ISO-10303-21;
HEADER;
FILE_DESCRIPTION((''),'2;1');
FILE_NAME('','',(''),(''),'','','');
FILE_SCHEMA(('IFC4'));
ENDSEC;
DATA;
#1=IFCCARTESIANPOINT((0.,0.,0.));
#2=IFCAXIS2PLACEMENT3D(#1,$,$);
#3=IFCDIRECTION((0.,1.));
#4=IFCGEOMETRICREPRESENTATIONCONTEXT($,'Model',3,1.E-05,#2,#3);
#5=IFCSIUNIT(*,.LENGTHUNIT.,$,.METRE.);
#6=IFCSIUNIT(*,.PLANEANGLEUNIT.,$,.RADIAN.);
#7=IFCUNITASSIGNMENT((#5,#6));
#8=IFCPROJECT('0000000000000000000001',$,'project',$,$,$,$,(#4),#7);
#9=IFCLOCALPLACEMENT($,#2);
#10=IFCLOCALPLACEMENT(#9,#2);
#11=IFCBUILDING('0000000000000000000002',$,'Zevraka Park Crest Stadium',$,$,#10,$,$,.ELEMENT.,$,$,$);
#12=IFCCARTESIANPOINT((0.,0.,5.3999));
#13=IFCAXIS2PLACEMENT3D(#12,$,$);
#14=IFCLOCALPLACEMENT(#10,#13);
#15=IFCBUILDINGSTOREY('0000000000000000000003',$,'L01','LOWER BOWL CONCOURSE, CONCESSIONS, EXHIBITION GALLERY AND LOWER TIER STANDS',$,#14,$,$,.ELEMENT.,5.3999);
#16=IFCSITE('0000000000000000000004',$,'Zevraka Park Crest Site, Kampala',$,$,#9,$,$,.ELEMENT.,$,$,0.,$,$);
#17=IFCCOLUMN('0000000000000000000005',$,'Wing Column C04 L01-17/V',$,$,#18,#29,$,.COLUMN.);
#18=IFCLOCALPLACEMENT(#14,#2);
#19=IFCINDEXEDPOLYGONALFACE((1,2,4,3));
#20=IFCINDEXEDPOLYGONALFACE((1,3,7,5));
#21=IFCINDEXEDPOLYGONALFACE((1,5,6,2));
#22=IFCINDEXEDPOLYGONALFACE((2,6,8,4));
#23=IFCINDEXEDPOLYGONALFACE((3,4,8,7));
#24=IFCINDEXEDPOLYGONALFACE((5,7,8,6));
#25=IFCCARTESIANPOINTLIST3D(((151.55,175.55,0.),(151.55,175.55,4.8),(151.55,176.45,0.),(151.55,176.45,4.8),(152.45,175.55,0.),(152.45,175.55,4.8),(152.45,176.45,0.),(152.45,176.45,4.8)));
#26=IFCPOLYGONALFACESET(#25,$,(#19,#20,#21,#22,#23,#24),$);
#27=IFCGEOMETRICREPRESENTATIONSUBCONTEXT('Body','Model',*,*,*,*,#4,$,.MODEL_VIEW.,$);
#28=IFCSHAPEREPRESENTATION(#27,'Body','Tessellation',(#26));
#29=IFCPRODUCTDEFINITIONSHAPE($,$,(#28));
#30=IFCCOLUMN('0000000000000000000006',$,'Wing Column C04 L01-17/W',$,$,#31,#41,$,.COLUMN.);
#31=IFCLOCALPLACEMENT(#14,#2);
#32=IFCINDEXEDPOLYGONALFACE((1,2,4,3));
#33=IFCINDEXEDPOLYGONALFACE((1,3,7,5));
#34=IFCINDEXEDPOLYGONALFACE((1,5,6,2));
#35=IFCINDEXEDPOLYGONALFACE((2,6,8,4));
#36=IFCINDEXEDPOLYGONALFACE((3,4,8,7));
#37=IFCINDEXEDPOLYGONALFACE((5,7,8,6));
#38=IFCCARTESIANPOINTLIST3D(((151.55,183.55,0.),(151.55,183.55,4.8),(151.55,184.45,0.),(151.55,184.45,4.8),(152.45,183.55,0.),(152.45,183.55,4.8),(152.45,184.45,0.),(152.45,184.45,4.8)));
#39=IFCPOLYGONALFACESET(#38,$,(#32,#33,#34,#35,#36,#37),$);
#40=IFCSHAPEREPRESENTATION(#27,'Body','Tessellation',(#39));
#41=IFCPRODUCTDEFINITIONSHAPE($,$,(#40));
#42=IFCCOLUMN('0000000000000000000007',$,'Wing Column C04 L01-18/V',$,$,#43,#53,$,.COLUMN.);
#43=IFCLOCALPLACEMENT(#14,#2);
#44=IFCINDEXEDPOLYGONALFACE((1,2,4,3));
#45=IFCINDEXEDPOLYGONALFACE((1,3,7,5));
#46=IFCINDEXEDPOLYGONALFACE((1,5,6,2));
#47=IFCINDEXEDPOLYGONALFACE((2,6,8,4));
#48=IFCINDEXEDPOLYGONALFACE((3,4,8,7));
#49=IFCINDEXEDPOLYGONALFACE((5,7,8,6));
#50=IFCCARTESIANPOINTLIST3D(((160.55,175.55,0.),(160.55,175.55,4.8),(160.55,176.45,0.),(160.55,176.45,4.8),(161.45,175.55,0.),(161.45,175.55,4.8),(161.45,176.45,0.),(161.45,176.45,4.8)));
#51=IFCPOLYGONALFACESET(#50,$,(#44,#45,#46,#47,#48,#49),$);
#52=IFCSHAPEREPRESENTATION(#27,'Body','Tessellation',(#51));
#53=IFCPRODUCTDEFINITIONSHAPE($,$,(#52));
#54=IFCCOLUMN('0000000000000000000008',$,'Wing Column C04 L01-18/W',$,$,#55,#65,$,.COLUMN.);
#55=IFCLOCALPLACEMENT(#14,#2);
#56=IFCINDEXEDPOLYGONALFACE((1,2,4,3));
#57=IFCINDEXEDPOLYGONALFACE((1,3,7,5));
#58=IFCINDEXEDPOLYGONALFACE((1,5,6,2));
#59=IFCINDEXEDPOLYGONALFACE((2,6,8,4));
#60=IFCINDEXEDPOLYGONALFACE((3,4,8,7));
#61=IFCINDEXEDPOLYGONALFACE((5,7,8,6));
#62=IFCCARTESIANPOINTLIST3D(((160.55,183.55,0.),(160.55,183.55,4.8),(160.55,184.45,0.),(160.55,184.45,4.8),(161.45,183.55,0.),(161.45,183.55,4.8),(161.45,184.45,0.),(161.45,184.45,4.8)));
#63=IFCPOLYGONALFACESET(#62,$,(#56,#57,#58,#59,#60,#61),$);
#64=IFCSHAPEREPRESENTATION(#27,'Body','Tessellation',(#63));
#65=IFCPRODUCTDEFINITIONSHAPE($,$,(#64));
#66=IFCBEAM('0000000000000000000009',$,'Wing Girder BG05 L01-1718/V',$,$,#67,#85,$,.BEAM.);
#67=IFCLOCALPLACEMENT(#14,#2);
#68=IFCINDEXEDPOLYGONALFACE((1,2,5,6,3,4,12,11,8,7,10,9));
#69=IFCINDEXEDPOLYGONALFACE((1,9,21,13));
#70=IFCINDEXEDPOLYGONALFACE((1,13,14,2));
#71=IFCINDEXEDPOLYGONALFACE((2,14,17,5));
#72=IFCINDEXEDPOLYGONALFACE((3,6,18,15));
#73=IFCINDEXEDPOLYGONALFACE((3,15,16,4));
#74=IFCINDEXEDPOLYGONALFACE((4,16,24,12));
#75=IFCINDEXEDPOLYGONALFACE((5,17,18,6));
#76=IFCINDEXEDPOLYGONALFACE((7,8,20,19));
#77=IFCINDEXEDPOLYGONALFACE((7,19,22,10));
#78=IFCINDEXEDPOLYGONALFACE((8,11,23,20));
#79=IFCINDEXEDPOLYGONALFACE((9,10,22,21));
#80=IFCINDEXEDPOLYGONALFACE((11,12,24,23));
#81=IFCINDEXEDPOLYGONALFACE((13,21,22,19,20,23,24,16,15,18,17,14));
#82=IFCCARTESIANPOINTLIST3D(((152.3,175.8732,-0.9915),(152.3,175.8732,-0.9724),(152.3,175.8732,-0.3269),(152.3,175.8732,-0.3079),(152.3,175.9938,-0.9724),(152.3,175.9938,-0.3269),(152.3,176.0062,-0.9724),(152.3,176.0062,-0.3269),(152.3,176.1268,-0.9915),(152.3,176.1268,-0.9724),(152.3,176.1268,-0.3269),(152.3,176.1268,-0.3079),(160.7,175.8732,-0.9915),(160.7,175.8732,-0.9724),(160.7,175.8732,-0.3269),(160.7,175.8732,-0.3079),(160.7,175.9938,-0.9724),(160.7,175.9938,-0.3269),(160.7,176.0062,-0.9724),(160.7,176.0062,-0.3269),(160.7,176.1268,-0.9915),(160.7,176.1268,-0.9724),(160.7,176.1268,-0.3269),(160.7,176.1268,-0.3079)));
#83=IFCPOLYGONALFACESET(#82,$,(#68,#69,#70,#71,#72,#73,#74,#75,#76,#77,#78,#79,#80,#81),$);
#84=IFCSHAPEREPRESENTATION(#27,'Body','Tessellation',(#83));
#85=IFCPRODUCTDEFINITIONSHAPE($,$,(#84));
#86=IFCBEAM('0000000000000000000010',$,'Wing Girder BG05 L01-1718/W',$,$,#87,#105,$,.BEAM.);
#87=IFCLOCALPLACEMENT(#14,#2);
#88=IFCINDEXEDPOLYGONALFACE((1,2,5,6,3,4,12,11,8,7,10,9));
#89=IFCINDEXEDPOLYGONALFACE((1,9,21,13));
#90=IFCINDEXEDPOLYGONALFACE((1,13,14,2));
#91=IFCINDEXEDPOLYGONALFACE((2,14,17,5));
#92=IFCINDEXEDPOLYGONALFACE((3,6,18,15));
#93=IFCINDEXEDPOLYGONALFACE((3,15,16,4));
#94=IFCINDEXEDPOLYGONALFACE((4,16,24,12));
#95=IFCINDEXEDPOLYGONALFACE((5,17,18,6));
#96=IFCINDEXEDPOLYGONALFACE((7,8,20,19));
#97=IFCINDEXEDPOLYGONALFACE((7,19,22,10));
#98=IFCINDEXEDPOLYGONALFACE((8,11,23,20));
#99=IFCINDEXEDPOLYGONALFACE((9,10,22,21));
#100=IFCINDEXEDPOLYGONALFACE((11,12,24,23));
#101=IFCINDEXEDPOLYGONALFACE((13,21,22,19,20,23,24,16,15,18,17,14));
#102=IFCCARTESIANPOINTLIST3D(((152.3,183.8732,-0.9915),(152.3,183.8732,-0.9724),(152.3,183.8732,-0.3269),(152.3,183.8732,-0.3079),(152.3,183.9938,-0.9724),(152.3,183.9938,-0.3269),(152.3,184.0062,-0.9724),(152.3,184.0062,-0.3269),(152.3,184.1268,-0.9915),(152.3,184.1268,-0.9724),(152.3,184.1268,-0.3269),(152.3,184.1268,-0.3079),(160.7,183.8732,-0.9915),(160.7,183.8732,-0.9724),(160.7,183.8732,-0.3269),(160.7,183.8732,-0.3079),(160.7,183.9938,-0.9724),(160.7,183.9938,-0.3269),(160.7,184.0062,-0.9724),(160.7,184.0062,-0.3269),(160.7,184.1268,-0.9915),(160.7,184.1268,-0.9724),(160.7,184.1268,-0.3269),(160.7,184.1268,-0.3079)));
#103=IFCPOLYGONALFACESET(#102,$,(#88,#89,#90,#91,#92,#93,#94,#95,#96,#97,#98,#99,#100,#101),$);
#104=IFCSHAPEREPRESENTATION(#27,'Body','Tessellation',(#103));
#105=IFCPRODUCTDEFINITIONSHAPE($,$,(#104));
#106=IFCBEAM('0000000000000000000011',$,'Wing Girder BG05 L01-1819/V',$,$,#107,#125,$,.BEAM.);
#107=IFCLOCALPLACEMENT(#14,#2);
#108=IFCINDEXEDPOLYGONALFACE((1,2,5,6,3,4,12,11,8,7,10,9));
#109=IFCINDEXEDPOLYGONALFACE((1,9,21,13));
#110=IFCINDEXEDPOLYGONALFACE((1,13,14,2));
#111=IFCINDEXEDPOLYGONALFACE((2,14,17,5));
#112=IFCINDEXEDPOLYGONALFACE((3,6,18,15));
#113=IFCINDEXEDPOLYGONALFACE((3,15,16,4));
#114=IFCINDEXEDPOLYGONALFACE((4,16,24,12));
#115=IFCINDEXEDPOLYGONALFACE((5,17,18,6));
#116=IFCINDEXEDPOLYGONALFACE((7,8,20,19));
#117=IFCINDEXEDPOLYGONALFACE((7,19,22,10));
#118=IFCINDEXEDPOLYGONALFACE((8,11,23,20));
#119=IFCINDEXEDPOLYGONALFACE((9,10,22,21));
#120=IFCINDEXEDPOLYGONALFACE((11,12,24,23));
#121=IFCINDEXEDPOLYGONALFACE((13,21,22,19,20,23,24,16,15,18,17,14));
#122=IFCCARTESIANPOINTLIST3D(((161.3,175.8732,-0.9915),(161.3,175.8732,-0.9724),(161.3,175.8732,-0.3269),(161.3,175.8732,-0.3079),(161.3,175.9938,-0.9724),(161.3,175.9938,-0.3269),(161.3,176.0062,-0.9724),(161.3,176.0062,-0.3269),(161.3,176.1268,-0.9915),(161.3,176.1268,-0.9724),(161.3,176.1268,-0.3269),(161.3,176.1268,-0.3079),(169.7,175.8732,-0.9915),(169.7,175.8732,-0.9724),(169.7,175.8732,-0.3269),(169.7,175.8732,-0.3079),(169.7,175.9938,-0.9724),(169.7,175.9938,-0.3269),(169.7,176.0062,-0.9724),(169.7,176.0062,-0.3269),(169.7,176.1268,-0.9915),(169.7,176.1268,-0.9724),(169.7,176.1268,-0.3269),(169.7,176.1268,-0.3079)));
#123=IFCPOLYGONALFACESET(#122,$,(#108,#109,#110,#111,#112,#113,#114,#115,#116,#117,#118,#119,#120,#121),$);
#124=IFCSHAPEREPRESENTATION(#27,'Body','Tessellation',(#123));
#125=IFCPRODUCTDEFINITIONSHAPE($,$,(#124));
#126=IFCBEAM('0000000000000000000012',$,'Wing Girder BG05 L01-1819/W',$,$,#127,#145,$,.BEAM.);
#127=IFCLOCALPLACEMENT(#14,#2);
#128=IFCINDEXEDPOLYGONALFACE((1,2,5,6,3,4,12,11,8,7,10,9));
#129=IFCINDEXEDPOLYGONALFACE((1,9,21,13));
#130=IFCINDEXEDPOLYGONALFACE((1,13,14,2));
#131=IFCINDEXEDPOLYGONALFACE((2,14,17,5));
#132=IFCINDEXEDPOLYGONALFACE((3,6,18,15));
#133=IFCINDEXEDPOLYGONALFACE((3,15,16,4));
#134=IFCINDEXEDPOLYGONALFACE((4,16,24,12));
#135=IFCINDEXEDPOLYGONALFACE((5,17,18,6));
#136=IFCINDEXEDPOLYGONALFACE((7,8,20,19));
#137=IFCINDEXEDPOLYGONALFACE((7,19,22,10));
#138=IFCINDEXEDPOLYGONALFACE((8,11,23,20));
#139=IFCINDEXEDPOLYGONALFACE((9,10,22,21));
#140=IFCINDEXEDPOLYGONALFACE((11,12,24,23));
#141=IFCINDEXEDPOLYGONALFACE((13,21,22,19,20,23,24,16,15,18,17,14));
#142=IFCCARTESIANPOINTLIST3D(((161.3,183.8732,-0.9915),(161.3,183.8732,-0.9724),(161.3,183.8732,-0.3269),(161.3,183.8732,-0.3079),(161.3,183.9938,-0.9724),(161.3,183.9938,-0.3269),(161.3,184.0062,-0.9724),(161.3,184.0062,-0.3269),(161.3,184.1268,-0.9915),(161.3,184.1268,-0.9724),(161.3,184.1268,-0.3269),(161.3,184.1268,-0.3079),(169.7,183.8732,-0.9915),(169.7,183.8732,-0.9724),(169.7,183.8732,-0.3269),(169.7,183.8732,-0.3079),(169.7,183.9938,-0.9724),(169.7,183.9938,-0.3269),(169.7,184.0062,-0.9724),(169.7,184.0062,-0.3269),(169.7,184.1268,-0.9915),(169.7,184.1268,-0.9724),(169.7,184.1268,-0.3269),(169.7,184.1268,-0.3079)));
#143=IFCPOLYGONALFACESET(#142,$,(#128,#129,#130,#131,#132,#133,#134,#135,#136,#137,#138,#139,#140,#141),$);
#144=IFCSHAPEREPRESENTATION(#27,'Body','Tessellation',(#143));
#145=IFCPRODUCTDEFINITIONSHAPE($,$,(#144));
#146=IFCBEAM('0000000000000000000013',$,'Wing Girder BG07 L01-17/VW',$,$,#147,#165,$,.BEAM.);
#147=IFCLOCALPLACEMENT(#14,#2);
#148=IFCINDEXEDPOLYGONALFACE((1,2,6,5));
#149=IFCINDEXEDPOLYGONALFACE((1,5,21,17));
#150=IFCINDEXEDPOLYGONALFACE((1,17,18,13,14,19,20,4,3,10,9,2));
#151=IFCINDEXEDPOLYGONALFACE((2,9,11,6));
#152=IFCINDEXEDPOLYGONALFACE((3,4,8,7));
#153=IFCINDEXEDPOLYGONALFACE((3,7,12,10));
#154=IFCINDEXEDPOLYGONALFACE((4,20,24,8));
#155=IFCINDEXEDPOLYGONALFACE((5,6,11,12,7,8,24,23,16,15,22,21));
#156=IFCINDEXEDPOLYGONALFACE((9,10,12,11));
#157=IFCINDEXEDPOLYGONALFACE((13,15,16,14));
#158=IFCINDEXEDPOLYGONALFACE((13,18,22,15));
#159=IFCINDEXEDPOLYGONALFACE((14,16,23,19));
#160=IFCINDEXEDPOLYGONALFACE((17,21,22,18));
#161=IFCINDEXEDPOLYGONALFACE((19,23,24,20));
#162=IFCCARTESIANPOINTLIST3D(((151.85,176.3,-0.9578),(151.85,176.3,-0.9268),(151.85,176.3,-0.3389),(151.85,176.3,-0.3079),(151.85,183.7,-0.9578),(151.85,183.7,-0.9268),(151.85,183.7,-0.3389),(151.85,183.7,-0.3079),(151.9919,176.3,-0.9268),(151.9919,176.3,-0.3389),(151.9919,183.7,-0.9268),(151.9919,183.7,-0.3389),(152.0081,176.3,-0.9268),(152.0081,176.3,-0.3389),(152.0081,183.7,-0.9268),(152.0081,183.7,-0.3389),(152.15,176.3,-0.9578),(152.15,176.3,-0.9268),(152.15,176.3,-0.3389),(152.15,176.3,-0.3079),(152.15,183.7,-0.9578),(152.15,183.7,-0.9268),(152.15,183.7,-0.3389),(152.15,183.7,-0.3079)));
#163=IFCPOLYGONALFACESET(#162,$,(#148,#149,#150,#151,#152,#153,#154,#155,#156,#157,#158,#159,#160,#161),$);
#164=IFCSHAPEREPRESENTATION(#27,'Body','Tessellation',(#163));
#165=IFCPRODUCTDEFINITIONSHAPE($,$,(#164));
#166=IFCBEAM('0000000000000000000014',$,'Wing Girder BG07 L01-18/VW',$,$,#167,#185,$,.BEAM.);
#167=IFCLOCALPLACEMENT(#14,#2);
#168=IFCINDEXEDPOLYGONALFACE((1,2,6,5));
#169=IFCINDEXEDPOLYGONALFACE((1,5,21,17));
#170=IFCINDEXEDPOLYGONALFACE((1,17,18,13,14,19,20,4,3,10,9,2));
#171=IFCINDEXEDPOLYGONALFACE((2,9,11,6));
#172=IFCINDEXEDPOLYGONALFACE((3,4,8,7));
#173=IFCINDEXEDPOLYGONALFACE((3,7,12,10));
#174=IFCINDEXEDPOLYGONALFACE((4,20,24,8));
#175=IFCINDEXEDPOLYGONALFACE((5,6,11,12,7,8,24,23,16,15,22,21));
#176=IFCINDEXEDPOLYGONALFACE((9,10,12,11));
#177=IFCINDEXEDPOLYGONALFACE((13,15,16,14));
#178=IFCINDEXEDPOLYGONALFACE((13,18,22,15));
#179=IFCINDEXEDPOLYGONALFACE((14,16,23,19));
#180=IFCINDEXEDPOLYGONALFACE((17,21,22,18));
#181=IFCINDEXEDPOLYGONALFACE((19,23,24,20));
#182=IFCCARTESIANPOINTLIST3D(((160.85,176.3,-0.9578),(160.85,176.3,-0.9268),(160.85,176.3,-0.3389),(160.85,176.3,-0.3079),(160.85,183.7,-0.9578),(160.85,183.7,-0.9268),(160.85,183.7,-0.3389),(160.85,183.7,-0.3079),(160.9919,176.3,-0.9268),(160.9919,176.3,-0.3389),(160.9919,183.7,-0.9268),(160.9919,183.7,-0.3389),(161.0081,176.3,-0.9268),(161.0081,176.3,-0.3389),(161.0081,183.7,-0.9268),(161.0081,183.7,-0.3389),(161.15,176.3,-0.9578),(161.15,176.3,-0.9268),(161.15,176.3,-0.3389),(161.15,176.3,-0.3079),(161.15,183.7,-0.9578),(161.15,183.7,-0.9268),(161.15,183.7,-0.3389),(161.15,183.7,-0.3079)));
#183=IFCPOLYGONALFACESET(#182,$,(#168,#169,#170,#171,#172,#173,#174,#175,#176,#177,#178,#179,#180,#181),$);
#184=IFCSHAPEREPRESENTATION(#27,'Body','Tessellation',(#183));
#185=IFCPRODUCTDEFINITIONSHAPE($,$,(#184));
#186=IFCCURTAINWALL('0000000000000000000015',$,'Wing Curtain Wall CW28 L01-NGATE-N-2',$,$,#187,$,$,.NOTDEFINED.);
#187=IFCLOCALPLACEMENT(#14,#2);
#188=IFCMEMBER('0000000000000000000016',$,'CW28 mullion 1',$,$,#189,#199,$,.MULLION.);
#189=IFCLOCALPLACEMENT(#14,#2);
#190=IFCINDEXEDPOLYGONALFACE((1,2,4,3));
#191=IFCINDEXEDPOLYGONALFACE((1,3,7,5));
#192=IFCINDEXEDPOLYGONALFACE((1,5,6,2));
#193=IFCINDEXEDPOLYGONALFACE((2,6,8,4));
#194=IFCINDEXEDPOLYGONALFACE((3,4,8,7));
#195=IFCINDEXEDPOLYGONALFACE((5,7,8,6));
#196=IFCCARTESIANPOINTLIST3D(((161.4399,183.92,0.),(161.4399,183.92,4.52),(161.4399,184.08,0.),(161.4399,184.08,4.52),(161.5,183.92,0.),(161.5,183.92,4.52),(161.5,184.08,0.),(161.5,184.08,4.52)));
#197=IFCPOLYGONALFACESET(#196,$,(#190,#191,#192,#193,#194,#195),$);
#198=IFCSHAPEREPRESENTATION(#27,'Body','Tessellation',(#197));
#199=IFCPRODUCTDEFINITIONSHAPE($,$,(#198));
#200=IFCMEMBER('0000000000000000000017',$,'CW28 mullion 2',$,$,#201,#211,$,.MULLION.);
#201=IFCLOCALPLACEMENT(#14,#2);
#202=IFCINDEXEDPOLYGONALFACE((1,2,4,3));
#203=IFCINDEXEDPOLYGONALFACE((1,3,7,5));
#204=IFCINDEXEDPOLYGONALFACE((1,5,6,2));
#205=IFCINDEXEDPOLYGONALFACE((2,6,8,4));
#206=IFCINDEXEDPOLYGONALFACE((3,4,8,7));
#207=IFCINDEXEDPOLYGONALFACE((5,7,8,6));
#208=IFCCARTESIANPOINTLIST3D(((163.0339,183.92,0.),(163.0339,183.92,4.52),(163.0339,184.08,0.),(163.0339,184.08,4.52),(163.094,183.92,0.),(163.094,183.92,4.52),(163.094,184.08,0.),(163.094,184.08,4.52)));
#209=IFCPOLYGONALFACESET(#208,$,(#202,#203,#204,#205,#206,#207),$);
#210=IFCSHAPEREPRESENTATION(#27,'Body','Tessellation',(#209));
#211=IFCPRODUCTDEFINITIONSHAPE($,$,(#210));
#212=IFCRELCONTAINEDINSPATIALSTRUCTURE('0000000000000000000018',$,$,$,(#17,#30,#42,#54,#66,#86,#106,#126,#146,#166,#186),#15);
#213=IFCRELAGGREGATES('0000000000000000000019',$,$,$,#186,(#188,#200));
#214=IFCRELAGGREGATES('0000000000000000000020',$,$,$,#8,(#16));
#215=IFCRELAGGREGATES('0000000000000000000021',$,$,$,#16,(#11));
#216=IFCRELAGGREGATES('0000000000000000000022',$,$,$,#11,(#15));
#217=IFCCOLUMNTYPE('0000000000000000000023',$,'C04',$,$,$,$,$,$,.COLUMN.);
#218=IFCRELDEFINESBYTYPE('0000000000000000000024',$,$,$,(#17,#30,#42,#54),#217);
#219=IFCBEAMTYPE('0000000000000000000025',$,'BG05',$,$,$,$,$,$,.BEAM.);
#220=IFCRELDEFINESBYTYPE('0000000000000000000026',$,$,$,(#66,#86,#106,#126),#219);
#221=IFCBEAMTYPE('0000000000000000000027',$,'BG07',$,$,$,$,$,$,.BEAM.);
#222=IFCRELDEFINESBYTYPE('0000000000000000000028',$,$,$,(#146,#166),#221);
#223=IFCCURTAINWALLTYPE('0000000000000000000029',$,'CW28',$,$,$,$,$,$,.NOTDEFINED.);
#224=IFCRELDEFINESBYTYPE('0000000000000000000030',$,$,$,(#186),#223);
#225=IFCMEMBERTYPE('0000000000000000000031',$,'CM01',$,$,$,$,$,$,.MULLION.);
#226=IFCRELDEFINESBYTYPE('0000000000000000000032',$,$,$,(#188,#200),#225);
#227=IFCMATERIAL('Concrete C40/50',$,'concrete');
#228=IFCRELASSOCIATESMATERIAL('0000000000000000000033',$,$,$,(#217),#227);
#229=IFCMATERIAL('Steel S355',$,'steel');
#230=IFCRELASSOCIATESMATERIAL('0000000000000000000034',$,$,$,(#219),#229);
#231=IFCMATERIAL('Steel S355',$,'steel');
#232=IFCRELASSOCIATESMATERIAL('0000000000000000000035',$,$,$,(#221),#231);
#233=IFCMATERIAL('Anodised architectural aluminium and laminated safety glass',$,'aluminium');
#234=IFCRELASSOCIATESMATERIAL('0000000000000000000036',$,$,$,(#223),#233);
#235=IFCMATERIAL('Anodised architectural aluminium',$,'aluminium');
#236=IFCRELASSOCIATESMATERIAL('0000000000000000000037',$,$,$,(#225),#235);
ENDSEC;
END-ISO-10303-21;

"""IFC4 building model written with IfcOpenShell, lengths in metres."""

from ifc_helpers import new_model, si_unit, direction, frame, origin, origin_2d, place, context, subcontext, project, spatial, rectangle, i_section, extrude, material, material_profile, profile_set, type_object, element, aggregate, save


model = new_model("IFC4")

# Units and contexts
model_context = context("Model", 3, precision=1e-05, world=origin(), true_north=direction((0.0, 1.0)))
body_context = subcontext(model_context, "Body", "Model", "MODEL_VIEW")
ifc_project = project(units=[si_unit("LENGTHUNIT", "METRE"), si_unit("PLANEANGLEUNIT", "RADIAN")], contexts=[model_context])

# Site, building, storey
site_placement = place(None, origin())
site = spatial("IfcSite", under=ifc_project, at=site_placement, Name="Zevraka Park Crest Site, Kampala", CompositionType="ELEMENT", RefElevation=0.0)
building_placement = place(site_placement, origin())
building = spatial("IfcBuilding", under=site, at=building_placement, Name="Zevraka Park Crest Stadium", CompositionType="ELEMENT")
storey_placement = place(building_placement, frame((0.0, 0.0, 5.3999)))
storey = spatial("IfcBuildingStorey", under=building, at=storey_placement, Name="L01", Description="LOWER BOWL CONCOURSE, CONCESSIONS, EXHIBITION GALLERY AND LOWER TIER STANDS", CompositionType="ELEMENT", Elevation=5.3999)

# Columns
ifc_material_1 = material(Name="Concrete C40/50", Category="concrete")
ifc_material_profile_1 = material_profile(ifc_material_1, rectangle(XDim=0.8999, YDim=0.8999, at=origin_2d()), Name="RC 900x900")
ifc_profile_set_1 = profile_set([ifc_material_profile_1], Name="Concrete C40/50")
column_type = type_object("IfcColumnType", Name="C04", PredefinedType="COLUMN", material=ifc_profile_set_1)
for number, where, z_axis, x_axis, name in (
    (1, (152.0, 176.0, 0.0), (0.0, 0.0, 1.0), (1.0, 0.0, 0.0), "Wing Column C04 L01-17/V"),
    (2, (152.0, 184.0, 0.0), (0.0, 0.0, 1.0), (1.0, 0.0, 0.0), "Wing Column C04 L01-17/W"),
    (3, (161.0, 176.0, 0.0), (0.0, 0.0, 1.0), (1.0, 0.0, 0.0), "Wing Column C04 L01-18/V"),
    (4, (161.0, 184.0, 0.0), (0.0, 0.0, 1.0), (1.0, 0.0, 0.0), "Wing Column C04 L01-18/W"),
):
    element("IfcColumn", number, at=place(storey_placement, frame(where, z_axis=z_axis, x_axis=x_axis)), inside=storey, type_object=column_type, Name=name, PredefinedType="COLUMN", context=body_context, shape_type="SweptSolid", body=[
        extrude(rectangle(XDim=0.8999, YDim=0.8999, at=origin_2d()), origin(), (0.0, 0.0, 1.0), 4.8),
    ])

# Beams
ifc_material_2 = material(Name="Steel S355", Category="steel")
ifc_material_profile_2 = material_profile(ifc_material_2, i_section(OverallWidth=0.2537, OverallDepth=0.6836, WebThickness=0.0125, FlangeThickness=0.019, at=origin_2d()), Name="UKB 686x254x140")
ifc_profile_set_2 = profile_set([ifc_material_profile_2], Name="Steel S355")
beam_type_1 = type_object("IfcBeamType", Name="BG05", PredefinedType="BEAM", material=ifc_profile_set_2)
for number, where, z_axis, x_axis, name in (
    (5, (152.3, 176.0, -0.6497), (1.0, 0.0, 0.0), (0.0, 1.0, 0.0), "Wing Girder BG05 L01-1718/V"),
    (6, (152.3, 184.0, -0.6497), (1.0, 0.0, 0.0), (0.0, 1.0, 0.0), "Wing Girder BG05 L01-1718/W"),
    (7, (161.3, 176.0, -0.6497), (1.0, 0.0, 0.0), (0.0, 1.0, 0.0), "Wing Girder BG05 L01-1819/V"),
    (8, (161.3, 184.0, -0.6497), (1.0, 0.0, 0.0), (0.0, 1.0, 0.0), "Wing Girder BG05 L01-1819/W"),
):
    element("IfcBeam", number, at=place(storey_placement, frame(where, z_axis=z_axis, x_axis=x_axis)), inside=storey, type_object=beam_type_1, Name=name, PredefinedType="BEAM", context=body_context, shape_type="SweptSolid", body=[
        extrude(i_section(OverallWidth=0.2537, OverallDepth=0.6836, WebThickness=0.0125, FlangeThickness=0.019, at=origin_2d()), origin(), (0.0, 0.0, 1.0), 8.3999),
    ])
ifc_material_3 = material(Name="Steel S355", Category="steel")
ifc_material_profile_3 = material_profile(ifc_material_3, i_section(OverallWidth=0.3, OverallDepth=0.6499, WebThickness=0.0161, FlangeThickness=0.031, at=origin_2d()), Name="HEB 650")
ifc_profile_set_3 = profile_set([ifc_material_profile_3], Name="Steel S355")
beam_type_2 = type_object("IfcBeamType", Name="BG07", PredefinedType="BEAM", material=ifc_profile_set_3)
for number, where, z_axis, x_axis, name in (
    (9, (152.0, 176.3, -0.6328), (0.0, 1.0, 0.0), (-1.0, 0.0, 0.0), "Wing Girder BG07 L01-17/VW"),
    (10, (161.0, 176.3, -0.6328), (0.0, 1.0, 0.0), (-1.0, 0.0, 0.0), "Wing Girder BG07 L01-18/VW"),
):
    element("IfcBeam", number, at=place(storey_placement, frame(where, z_axis=z_axis, x_axis=x_axis)), inside=storey, type_object=beam_type_2, Name=name, PredefinedType="BEAM", context=body_context, shape_type="SweptSolid", body=[
        extrude(i_section(OverallWidth=0.3, OverallDepth=0.6499, WebThickness=0.0161, FlangeThickness=0.031, at=origin_2d()), origin(), (0.0, 0.0, 1.0), 7.3999),
    ])

# Curtain wall, members
ifc_material_4 = material(Name="Anodised architectural aluminium and laminated safety glass", Category="aluminium")
curtain_wall_type = type_object("IfcCurtainWallType", Name="CW28", PredefinedType="NOTDEFINED", material=ifc_material_4)
curtain_wall_placement = place(storey_placement, origin())
curtain_wall = element("IfcCurtainWall", 11, at=curtain_wall_placement, inside=storey, type_object=curtain_wall_type, Name="Wing Curtain Wall CW28 L01-NGATE-N-2", PredefinedType="NOTDEFINED")
ifc_material_5 = material(Name="Anodised architectural aluminium", Category="aluminium")
ifc_material_profile_4 = material_profile(ifc_material_5, rectangle(XDim=0.1599, YDim=0.0601, at=origin_2d()), Name="ALU MULLION 160x60")
ifc_profile_set_4 = profile_set([ifc_material_profile_4], Name="Anodised architectural aluminium")
member_type_1 = type_object("IfcMemberType", Name="CM01", PredefinedType="MULLION", material=ifc_profile_set_4)
member_1_placement = place(storey_placement, frame((161.47, 184.0, 0.0), z_axis=(0.0, 0.0, 1.0), x_axis=(0.0, 1.0, 0.0)))
member_1 = element("IfcMember", 12, at=member_1_placement, type_object=member_type_1, Name="CW28 mullion 1", PredefinedType="MULLION", context=body_context, shape_type="SweptSolid", body=[
    extrude(rectangle(XDim=0.1599, YDim=0.0601, at=origin_2d()), origin(), (0.0, 0.0, 1.0), 4.52),
])
member_2_placement = place(storey_placement, frame((163.064, 184.0, 0.0), z_axis=(0.0, 0.0, 1.0), x_axis=(0.0, 1.0, 0.0)))
member_2 = element("IfcMember", 13, at=member_2_placement, type_object=member_type_1, Name="CW28 mullion 2", PredefinedType="MULLION", context=body_context, shape_type="SweptSolid", body=[
    extrude(rectangle(XDim=0.1599, YDim=0.0601, at=origin_2d()), origin(), (0.0, 0.0, 1.0), 4.52),
])

aggregate(curtain_wall, [member_1, member_2])

save(model, "model.ifc")
